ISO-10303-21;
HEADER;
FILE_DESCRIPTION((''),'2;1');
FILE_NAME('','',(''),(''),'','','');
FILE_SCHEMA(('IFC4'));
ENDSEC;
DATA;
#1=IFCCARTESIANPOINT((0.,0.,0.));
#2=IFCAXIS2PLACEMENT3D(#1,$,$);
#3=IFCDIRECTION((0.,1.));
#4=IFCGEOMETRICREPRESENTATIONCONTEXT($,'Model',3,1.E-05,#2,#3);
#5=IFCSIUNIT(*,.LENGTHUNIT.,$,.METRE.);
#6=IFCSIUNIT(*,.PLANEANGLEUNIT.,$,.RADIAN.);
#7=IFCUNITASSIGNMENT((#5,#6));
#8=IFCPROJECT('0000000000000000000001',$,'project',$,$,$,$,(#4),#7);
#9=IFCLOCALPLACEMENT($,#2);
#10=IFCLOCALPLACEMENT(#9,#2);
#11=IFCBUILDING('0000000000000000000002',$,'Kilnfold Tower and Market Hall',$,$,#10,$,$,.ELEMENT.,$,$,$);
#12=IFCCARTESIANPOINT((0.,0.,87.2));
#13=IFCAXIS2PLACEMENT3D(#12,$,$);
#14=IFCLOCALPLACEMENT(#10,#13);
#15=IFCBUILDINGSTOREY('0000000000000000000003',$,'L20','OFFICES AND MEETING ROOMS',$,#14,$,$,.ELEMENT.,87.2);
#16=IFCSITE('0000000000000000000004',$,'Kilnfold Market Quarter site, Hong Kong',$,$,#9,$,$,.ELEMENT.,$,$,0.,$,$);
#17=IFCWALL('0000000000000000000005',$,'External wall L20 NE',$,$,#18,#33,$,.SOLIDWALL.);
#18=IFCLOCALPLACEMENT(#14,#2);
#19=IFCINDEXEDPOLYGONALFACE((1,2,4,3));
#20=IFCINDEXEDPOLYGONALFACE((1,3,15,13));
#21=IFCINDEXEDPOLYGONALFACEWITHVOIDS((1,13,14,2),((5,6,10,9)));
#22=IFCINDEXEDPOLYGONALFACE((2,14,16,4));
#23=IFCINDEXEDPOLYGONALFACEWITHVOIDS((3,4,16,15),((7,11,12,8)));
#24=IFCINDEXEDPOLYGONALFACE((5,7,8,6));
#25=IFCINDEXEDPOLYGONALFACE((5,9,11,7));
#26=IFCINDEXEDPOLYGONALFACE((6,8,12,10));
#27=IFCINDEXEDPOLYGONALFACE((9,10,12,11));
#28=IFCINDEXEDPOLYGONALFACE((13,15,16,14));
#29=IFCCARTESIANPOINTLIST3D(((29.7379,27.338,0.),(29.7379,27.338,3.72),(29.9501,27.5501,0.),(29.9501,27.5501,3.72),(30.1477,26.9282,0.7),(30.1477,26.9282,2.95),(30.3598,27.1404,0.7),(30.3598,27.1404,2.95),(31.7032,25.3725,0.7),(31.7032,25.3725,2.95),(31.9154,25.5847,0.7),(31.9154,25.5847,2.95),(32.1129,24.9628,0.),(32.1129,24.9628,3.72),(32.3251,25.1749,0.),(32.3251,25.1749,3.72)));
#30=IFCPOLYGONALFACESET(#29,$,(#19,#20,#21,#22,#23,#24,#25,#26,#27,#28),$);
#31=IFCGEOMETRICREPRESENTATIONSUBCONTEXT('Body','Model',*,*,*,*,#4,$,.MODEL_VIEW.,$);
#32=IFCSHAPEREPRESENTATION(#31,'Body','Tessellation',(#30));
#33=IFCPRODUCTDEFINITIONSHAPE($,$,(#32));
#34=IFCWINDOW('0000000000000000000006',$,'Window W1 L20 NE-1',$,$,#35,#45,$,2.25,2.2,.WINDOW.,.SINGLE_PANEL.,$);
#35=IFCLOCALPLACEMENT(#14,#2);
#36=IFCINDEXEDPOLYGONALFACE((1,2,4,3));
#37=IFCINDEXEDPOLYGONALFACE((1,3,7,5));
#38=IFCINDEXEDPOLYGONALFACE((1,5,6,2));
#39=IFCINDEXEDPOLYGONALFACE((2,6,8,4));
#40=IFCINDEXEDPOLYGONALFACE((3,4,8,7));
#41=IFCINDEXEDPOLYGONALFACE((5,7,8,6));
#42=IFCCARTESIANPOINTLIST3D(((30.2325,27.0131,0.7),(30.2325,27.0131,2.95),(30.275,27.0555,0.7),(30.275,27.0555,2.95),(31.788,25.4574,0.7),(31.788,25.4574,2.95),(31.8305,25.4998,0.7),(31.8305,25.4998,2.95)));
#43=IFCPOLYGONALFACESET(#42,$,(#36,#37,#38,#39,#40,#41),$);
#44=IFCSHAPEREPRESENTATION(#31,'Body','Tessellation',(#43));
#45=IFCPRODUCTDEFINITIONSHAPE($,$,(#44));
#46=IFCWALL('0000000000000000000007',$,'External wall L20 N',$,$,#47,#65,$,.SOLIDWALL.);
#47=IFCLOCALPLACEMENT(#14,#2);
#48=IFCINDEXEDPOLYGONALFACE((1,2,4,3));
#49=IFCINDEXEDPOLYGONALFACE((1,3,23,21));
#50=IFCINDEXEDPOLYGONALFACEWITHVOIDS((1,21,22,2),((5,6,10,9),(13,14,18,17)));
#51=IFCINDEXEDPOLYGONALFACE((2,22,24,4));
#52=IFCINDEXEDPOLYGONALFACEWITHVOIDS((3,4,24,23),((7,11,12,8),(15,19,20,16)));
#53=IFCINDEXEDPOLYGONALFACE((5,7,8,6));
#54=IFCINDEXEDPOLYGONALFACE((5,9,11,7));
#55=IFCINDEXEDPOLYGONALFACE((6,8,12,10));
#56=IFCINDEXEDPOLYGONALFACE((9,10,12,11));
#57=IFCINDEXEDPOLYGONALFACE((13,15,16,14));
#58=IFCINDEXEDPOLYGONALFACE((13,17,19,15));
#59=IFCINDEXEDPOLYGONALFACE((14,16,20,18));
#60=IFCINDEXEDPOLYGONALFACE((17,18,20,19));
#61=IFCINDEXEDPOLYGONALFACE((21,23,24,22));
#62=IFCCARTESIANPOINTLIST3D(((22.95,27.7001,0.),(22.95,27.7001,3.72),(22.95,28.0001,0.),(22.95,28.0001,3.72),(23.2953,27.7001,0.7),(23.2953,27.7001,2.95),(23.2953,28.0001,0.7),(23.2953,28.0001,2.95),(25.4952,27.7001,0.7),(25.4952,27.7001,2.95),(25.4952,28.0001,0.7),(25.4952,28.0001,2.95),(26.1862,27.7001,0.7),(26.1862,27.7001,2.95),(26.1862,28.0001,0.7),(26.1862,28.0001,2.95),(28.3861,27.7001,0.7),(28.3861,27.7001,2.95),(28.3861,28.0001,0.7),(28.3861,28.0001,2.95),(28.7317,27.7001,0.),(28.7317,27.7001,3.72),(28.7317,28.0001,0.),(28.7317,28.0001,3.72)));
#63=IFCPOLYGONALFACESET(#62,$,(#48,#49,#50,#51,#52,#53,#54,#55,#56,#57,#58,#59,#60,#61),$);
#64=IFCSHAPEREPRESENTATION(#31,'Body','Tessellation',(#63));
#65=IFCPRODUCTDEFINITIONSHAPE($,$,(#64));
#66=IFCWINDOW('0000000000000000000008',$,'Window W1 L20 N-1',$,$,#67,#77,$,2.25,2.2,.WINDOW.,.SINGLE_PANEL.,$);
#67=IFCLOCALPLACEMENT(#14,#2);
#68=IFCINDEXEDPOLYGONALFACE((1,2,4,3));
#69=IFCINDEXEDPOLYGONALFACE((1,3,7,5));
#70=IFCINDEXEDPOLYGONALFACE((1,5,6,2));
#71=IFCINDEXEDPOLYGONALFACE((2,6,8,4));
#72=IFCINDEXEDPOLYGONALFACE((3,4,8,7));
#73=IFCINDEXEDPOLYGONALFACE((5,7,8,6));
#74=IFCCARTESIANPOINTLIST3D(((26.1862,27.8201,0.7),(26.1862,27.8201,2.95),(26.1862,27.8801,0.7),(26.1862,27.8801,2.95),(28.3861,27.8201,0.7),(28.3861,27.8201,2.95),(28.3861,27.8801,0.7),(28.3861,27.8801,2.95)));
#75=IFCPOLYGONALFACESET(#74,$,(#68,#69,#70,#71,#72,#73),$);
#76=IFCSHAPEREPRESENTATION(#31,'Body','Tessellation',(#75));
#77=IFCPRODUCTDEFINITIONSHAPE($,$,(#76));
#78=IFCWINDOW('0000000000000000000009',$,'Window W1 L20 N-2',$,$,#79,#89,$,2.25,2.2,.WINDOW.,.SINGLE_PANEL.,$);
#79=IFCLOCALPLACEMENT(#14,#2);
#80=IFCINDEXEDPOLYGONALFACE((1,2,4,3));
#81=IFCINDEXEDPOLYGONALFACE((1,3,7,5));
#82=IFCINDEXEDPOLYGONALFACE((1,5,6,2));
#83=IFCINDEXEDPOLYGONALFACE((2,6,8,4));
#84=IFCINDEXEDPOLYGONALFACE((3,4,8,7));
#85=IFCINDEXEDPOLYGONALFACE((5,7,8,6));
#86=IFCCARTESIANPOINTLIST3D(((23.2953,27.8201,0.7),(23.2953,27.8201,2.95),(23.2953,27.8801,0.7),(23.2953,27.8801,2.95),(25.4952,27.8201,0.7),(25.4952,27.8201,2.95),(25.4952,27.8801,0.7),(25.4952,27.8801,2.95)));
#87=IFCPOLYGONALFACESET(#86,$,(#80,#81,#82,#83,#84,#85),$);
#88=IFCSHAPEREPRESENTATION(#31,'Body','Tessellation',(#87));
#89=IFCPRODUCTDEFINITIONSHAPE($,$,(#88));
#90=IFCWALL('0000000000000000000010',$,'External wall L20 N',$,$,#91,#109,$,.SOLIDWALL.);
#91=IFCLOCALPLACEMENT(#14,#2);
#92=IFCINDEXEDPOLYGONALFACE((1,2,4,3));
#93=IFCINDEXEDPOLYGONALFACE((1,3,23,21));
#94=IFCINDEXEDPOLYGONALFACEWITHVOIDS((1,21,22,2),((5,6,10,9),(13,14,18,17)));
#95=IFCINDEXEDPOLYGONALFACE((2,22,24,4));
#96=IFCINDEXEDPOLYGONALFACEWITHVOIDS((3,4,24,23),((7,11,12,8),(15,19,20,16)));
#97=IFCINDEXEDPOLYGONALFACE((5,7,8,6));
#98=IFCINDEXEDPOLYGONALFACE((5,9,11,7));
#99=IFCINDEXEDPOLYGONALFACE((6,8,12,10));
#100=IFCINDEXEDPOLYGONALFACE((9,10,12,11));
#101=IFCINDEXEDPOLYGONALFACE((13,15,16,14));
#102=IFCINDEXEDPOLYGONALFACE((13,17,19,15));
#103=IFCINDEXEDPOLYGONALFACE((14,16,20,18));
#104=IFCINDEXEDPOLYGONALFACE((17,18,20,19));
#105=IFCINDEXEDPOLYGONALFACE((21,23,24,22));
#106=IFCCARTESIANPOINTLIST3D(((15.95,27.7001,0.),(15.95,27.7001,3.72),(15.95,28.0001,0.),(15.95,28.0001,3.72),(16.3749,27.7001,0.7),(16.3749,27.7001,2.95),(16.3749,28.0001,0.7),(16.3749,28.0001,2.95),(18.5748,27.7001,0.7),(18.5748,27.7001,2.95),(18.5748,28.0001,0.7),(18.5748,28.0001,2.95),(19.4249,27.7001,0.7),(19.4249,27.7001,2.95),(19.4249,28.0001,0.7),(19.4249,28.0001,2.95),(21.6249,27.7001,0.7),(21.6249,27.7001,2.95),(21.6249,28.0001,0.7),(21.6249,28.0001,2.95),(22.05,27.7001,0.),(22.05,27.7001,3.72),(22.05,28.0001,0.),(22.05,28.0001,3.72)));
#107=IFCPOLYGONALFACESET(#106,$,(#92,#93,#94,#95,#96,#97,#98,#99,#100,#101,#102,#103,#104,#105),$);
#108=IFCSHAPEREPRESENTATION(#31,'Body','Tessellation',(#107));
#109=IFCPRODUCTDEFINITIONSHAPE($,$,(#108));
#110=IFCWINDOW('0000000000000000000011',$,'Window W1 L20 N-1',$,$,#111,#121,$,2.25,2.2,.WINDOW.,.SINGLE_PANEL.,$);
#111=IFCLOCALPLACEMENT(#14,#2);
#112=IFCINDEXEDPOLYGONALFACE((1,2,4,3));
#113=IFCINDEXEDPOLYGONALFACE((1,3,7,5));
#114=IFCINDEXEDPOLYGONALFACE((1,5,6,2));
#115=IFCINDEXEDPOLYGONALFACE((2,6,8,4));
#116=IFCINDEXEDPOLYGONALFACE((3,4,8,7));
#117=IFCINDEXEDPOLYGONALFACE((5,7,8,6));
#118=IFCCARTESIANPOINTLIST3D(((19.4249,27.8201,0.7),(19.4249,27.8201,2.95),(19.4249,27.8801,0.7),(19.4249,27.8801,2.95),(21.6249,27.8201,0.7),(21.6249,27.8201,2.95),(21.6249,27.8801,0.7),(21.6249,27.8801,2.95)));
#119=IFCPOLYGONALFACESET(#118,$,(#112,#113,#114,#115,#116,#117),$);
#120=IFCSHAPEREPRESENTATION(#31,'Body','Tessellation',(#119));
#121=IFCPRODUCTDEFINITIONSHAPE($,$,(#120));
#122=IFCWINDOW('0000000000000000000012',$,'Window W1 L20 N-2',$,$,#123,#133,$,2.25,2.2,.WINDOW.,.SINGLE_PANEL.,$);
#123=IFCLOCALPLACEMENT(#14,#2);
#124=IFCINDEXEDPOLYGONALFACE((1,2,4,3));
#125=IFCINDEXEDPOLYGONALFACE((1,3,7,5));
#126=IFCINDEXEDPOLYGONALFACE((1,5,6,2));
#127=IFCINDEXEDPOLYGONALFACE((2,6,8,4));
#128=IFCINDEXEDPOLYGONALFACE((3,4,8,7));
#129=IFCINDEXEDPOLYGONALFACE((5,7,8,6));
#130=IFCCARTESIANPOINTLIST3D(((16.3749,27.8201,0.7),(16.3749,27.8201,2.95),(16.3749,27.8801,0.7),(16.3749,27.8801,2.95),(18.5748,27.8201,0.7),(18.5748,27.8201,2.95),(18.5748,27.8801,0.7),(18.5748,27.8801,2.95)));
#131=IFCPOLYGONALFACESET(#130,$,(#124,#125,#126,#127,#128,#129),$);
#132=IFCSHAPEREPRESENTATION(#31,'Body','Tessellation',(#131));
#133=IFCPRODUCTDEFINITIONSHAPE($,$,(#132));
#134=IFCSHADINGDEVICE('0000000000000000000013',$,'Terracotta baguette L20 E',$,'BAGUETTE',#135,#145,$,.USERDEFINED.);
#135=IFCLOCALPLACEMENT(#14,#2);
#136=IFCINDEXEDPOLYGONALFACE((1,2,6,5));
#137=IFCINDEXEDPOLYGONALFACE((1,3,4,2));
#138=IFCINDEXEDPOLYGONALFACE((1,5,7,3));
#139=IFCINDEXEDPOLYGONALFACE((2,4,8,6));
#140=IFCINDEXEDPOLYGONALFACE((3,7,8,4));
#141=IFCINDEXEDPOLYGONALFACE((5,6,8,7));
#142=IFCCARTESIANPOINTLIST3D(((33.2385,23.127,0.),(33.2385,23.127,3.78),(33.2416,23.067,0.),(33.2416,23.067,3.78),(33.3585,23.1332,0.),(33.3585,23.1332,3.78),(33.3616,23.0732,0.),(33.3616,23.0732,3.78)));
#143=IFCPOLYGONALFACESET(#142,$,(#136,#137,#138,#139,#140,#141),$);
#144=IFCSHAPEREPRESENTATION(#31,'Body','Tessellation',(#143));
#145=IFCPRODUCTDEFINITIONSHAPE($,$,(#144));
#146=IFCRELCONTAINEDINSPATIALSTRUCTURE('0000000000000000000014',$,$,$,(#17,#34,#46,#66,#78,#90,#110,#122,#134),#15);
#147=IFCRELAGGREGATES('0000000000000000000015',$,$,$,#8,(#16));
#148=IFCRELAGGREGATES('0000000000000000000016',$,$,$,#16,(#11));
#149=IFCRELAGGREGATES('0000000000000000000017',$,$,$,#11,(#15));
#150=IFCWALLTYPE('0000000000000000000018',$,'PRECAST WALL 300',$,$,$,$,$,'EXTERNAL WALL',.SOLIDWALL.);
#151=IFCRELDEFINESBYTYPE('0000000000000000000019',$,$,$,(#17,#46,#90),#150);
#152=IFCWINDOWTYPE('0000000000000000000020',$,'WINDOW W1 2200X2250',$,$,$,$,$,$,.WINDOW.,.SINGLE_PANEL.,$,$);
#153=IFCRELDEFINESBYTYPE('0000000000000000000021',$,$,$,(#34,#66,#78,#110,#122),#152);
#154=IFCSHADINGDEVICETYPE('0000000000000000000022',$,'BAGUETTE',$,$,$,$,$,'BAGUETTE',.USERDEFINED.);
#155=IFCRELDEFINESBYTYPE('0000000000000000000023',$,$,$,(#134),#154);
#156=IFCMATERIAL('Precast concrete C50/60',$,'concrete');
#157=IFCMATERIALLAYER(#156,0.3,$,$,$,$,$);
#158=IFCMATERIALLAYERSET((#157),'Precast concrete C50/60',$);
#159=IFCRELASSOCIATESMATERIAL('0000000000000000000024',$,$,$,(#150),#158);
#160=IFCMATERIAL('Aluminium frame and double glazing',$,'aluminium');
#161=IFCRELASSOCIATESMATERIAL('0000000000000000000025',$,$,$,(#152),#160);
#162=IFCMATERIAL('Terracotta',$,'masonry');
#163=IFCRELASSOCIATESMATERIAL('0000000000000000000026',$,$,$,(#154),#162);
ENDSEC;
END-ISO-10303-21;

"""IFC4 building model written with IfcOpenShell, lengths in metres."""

from ifc_helpers import new_model, si_unit, direction, frame, frame_2d, origin, origin_2d, place, context, subcontext, project, spatial, rectangle, extrude, source, transform, mapped, material, layer, layer_set, material_profile, profile_set, type_object, element, fill, save


model = new_model("IFC4")

# Units and contexts
model_context = context("Model", 3, precision=1e-05, world=origin(), true_north=direction((0.0, 1.0)))
body_context = subcontext(model_context, "Body", "Model", "MODEL_VIEW")
ifc_project = project(units=[si_unit("LENGTHUNIT", "METRE"), si_unit("PLANEANGLEUNIT", "RADIAN")], contexts=[model_context])

# Site, building, storey
site_placement = place(None, origin())
site = spatial("IfcSite", under=ifc_project, at=site_placement, Name="Kilnfold Market Quarter site, Hong Kong", CompositionType="ELEMENT", RefElevation=0.0)
building_placement = place(site_placement, origin())
building = spatial("IfcBuilding", under=site, at=building_placement, Name="Kilnfold Tower and Market Hall", CompositionType="ELEMENT")
storey_placement = place(building_placement, frame((0.0, 0.0, 87.2)))
storey = spatial("IfcBuildingStorey", under=building, at=storey_placement, Name="L20", Description="OFFICES AND MEETING ROOMS", CompositionType="ELEMENT", Elevation=87.2)

# Shared definitions
ifc_material_1 = material(Name="Precast concrete C50/60", Category="concrete")
ifc_layer_1 = layer(ifc_material_1, 0.3)
ifc_layer_set_1 = layer_set([ifc_layer_1], Name="Precast concrete C50/60")
wall_type = type_object("IfcWallType", Name="PRECAST WALL 300", ElementType="EXTERNAL WALL", PredefinedType="SOLIDWALL", material=ifc_layer_set_1)

# Wall, opening, window
shared_shape_1 = source(origin(), body_context, "Body", "SweptSolid", [
    extrude(rectangle(XDim=3.3589, YDim=0.3, at=frame_2d((1.6794, 0.0))), origin(), (0.0, 0.0, 1.0), 3.72),
])
wall_1_placement = place(storey_placement, frame((32.219, 25.0688, 0.0), z_axis=(0.0, 0.0, 1.0), x_axis=(-0.70707, 0.707143, 0.0)))
wall_1 = element("IfcWall", 1, at=wall_1_placement, inside=storey, type_object=wall_type, Name="External wall L20 NE", PredefinedType="SOLIDWALL", context=body_context, shape_type="MappedRepresentation", body=[
    mapped(shared_shape_1, transform((0.0, 0.0, 0.0))),
])
opening_1_placement = place(wall_1_placement, frame((0.5793, 0.0, 0.7)))
opening_1 = element("IfcOpeningElement", 2, at=opening_1_placement, cuts=wall_1, PredefinedType="OPENING", context=body_context, shape_type="SweptSolid", body=[
    extrude(rectangle(XDim=2.2, YDim=2.25, at=frame_2d((1.1001, 1.125))), frame((0.0, 0.1602, 0.0), z_axis=(0.0, -1.0, 0.0), x_axis=(1.0, 0.0, 0.0)), (0.0, 0.0, 1.0), 0.3201),
])
ifc_material_2 = material(Name="Aluminium frame and double glazing", Category="aluminium")
window_type = type_object("IfcWindowType", Name="WINDOW W1 2200X2250", PartitioningType="SINGLE_PANEL", PredefinedType="WINDOW", material=ifc_material_2)
window_1_placement = place(opening_1_placement, origin())
window_1 = element("IfcWindow", 3, at=window_1_placement, inside=storey, type_object=window_type, Name="Window W1 L20 NE-1", OverallHeight=2.25, OverallWidth=2.2, PartitioningType="SINGLE_PANEL", PredefinedType="WINDOW", context=body_context, shape_type="SweptSolid", body=[
    extrude(rectangle(XDim=2.2, YDim=2.25, at=frame_2d((1.1001, 1.125))), frame((0.0, 0.03, 0.0), z_axis=(0.0, -1.0, 0.0), x_axis=(1.0, 0.0, 0.0)), (0.0, 0.0, 1.0), 0.0601),
])
fill(opening_1, window_1)

# Walls, openings, windows
shared_shape_2 = source(origin(), body_context, "Body", "SweptSolid", [
    extrude(rectangle(XDim=5.7817, YDim=0.3, at=frame_2d((2.8909, 0.0))), origin(), (0.0, 0.0, 1.0), 3.72),
])
wall_2_placement = place(storey_placement, frame((28.7317, 27.8501, 0.0), z_axis=(0.0, 0.0, 1.0), x_axis=(-1.0, 0.0, 0.0)))
wall_2 = element("IfcWall", 4, at=wall_2_placement, inside=storey, type_object=wall_type, Name="External wall L20 N", PredefinedType="SOLIDWALL", context=body_context, shape_type="MappedRepresentation", body=[
    mapped(shared_shape_2, transform((0.0, 0.0, 0.0))),
])
opening_2_placement = place(wall_2_placement, frame((0.3455, 0.0, 0.7)))
opening_2 = element("IfcOpeningElement", 5, at=opening_2_placement, cuts=wall_2, PredefinedType="OPENING", context=body_context, shape_type="SweptSolid", body=[
    extrude(rectangle(XDim=2.2, YDim=2.25, at=frame_2d((1.1001, 1.125))), frame((0.0, 0.1602, 0.0), z_axis=(0.0, -1.0, 0.0), x_axis=(1.0, 0.0, 0.0)), (0.0, 0.0, 1.0), 0.3201),
])
opening_3_placement = place(wall_2_placement, frame((3.2363, 0.0, 0.7)))
opening_3 = element("IfcOpeningElement", 6, at=opening_3_placement, cuts=wall_2, PredefinedType="OPENING", context=body_context, shape_type="SweptSolid", body=[
    extrude(rectangle(XDim=2.2, YDim=2.25, at=frame_2d((1.1001, 1.125))), frame((0.0, 0.1602, 0.0), z_axis=(0.0, -1.0, 0.0), x_axis=(1.0, 0.0, 0.0)), (0.0, 0.0, 1.0), 0.3201),
])
window_2_placement = place(opening_2_placement, origin())
window_2 = element("IfcWindow", 7, at=window_2_placement, inside=storey, type_object=window_type, Name="Window W1 L20 N-1", OverallHeight=2.25, OverallWidth=2.2, PartitioningType="SINGLE_PANEL", PredefinedType="WINDOW", context=body_context, shape_type="SweptSolid", body=[
    extrude(rectangle(XDim=2.2, YDim=2.25, at=frame_2d((1.1001, 1.125))), frame((0.0, 0.03, 0.0), z_axis=(0.0, -1.0, 0.0), x_axis=(1.0, 0.0, 0.0)), (0.0, 0.0, 1.0), 0.0601),
])
fill(opening_2, window_2)
window_3_placement = place(opening_3_placement, origin())
window_3 = element("IfcWindow", 8, at=window_3_placement, inside=storey, type_object=window_type, Name="Window W1 L20 N-2", OverallHeight=2.25, OverallWidth=2.2, PartitioningType="SINGLE_PANEL", PredefinedType="WINDOW", context=body_context, shape_type="SweptSolid", body=[
    extrude(rectangle(XDim=2.2, YDim=2.25, at=frame_2d((1.1001, 1.125))), frame((0.0, 0.03, 0.0), z_axis=(0.0, -1.0, 0.0), x_axis=(1.0, 0.0, 0.0)), (0.0, 0.0, 1.0), 0.0601),
])
fill(opening_3, window_3)
shared_shape_3 = source(origin(), body_context, "Body", "SweptSolid", [
    extrude(rectangle(XDim=6.1001, YDim=0.3, at=frame_2d((3.05, 0.0))), origin(), (0.0, 0.0, 1.0), 3.72),
])
wall_3_placement = place(storey_placement, frame((22.05, 27.8501, 0.0), z_axis=(0.0, 0.0, 1.0), x_axis=(-1.0, 0.0, 0.0)))
wall_3 = element("IfcWall", 9, at=wall_3_placement, inside=storey, type_object=wall_type, Name="External wall L20 N", PredefinedType="SOLIDWALL", context=body_context, shape_type="MappedRepresentation", body=[
    mapped(shared_shape_3, transform((0.0, 0.0, 0.0))),
])
opening_4_placement = place(wall_3_placement, frame((0.425, 0.0, 0.7)))
opening_4 = element("IfcOpeningElement", 10, at=opening_4_placement, cuts=wall_3, PredefinedType="OPENING", context=body_context, shape_type="SweptSolid", body=[
    extrude(rectangle(XDim=2.2, YDim=2.25, at=frame_2d((1.1001, 1.125))), frame((0.0, 0.1602, 0.0), z_axis=(0.0, -1.0, 0.0), x_axis=(1.0, 0.0, 0.0)), (0.0, 0.0, 1.0), 0.3201),
])
opening_5_placement = place(wall_3_placement, frame((3.4751, 0.0, 0.7)))
opening_5 = element("IfcOpeningElement", 11, at=opening_5_placement, cuts=wall_3, PredefinedType="OPENING", context=body_context, shape_type="SweptSolid", body=[
    extrude(rectangle(XDim=2.2, YDim=2.25, at=frame_2d((1.1001, 1.125))), frame((0.0, 0.1602, 0.0), z_axis=(0.0, -1.0, 0.0), x_axis=(1.0, 0.0, 0.0)), (0.0, 0.0, 1.0), 0.3201),
])
window_4_placement = place(opening_4_placement, origin())
window_4 = element("IfcWindow", 12, at=window_4_placement, inside=storey, type_object=window_type, Name="Window W1 L20 N-1", OverallHeight=2.25, OverallWidth=2.2, PartitioningType="SINGLE_PANEL", PredefinedType="WINDOW", context=body_context, shape_type="SweptSolid", body=[
    extrude(rectangle(XDim=2.2, YDim=2.25, at=frame_2d((1.1001, 1.125))), frame((0.0, 0.03, 0.0), z_axis=(0.0, -1.0, 0.0), x_axis=(1.0, 0.0, 0.0)), (0.0, 0.0, 1.0), 0.0601),
])
fill(opening_4, window_4)
window_5_placement = place(opening_5_placement, origin())
window_5 = element("IfcWindow", 13, at=window_5_placement, inside=storey, type_object=window_type, Name="Window W1 L20 N-2", OverallHeight=2.25, OverallWidth=2.2, PartitioningType="SINGLE_PANEL", PredefinedType="WINDOW", context=body_context, shape_type="SweptSolid", body=[
    extrude(rectangle(XDim=2.2, YDim=2.25, at=frame_2d((1.1001, 1.125))), frame((0.0, 0.03, 0.0), z_axis=(0.0, -1.0, 0.0), x_axis=(1.0, 0.0, 0.0)), (0.0, 0.0, 1.0), 0.0601),
])
fill(opening_5, window_5)

# Shading device
ifc_material_3 = material(Name="Terracotta", Category="masonry")
ifc_material_profile_1 = material_profile(ifc_material_3, rectangle(XDim=0.0601, YDim=0.1201, at=origin_2d()), Name="BAG 60x120")
ifc_profile_set_1 = profile_set([ifc_material_profile_1], Name="Terracotta")
shading_device_type = type_object("IfcShadingDeviceType", Name="BAGUETTE", ElementType="BAGUETTE", PredefinedType="USERDEFINED", material=ifc_profile_set_1)
shared_shape_4 = source(origin(), body_context, "Body", "SweptSolid", [
    extrude(rectangle(XDim=0.0601, YDim=0.1201, at=origin_2d()), origin(), (0.0, 0.0, 1.0), 3.78),
])
shading_device_placement = place(storey_placement, frame((33.3, 23.1001, 0.0), z_axis=(0.0, 0.0, 1.0), x_axis=(-0.051013, 0.998698, 0.0)))
element("IfcShadingDevice", 14, at=shading_device_placement, inside=storey, type_object=shading_device_type, Name="Terracotta baguette L20 E", ObjectType="BAGUETTE", PredefinedType="USERDEFINED", context=body_context, shape_type="MappedRepresentation", body=[
    mapped(shared_shape_4, transform((0.0, 0.0, 0.0))),
])

save(model, "model.ifc")
